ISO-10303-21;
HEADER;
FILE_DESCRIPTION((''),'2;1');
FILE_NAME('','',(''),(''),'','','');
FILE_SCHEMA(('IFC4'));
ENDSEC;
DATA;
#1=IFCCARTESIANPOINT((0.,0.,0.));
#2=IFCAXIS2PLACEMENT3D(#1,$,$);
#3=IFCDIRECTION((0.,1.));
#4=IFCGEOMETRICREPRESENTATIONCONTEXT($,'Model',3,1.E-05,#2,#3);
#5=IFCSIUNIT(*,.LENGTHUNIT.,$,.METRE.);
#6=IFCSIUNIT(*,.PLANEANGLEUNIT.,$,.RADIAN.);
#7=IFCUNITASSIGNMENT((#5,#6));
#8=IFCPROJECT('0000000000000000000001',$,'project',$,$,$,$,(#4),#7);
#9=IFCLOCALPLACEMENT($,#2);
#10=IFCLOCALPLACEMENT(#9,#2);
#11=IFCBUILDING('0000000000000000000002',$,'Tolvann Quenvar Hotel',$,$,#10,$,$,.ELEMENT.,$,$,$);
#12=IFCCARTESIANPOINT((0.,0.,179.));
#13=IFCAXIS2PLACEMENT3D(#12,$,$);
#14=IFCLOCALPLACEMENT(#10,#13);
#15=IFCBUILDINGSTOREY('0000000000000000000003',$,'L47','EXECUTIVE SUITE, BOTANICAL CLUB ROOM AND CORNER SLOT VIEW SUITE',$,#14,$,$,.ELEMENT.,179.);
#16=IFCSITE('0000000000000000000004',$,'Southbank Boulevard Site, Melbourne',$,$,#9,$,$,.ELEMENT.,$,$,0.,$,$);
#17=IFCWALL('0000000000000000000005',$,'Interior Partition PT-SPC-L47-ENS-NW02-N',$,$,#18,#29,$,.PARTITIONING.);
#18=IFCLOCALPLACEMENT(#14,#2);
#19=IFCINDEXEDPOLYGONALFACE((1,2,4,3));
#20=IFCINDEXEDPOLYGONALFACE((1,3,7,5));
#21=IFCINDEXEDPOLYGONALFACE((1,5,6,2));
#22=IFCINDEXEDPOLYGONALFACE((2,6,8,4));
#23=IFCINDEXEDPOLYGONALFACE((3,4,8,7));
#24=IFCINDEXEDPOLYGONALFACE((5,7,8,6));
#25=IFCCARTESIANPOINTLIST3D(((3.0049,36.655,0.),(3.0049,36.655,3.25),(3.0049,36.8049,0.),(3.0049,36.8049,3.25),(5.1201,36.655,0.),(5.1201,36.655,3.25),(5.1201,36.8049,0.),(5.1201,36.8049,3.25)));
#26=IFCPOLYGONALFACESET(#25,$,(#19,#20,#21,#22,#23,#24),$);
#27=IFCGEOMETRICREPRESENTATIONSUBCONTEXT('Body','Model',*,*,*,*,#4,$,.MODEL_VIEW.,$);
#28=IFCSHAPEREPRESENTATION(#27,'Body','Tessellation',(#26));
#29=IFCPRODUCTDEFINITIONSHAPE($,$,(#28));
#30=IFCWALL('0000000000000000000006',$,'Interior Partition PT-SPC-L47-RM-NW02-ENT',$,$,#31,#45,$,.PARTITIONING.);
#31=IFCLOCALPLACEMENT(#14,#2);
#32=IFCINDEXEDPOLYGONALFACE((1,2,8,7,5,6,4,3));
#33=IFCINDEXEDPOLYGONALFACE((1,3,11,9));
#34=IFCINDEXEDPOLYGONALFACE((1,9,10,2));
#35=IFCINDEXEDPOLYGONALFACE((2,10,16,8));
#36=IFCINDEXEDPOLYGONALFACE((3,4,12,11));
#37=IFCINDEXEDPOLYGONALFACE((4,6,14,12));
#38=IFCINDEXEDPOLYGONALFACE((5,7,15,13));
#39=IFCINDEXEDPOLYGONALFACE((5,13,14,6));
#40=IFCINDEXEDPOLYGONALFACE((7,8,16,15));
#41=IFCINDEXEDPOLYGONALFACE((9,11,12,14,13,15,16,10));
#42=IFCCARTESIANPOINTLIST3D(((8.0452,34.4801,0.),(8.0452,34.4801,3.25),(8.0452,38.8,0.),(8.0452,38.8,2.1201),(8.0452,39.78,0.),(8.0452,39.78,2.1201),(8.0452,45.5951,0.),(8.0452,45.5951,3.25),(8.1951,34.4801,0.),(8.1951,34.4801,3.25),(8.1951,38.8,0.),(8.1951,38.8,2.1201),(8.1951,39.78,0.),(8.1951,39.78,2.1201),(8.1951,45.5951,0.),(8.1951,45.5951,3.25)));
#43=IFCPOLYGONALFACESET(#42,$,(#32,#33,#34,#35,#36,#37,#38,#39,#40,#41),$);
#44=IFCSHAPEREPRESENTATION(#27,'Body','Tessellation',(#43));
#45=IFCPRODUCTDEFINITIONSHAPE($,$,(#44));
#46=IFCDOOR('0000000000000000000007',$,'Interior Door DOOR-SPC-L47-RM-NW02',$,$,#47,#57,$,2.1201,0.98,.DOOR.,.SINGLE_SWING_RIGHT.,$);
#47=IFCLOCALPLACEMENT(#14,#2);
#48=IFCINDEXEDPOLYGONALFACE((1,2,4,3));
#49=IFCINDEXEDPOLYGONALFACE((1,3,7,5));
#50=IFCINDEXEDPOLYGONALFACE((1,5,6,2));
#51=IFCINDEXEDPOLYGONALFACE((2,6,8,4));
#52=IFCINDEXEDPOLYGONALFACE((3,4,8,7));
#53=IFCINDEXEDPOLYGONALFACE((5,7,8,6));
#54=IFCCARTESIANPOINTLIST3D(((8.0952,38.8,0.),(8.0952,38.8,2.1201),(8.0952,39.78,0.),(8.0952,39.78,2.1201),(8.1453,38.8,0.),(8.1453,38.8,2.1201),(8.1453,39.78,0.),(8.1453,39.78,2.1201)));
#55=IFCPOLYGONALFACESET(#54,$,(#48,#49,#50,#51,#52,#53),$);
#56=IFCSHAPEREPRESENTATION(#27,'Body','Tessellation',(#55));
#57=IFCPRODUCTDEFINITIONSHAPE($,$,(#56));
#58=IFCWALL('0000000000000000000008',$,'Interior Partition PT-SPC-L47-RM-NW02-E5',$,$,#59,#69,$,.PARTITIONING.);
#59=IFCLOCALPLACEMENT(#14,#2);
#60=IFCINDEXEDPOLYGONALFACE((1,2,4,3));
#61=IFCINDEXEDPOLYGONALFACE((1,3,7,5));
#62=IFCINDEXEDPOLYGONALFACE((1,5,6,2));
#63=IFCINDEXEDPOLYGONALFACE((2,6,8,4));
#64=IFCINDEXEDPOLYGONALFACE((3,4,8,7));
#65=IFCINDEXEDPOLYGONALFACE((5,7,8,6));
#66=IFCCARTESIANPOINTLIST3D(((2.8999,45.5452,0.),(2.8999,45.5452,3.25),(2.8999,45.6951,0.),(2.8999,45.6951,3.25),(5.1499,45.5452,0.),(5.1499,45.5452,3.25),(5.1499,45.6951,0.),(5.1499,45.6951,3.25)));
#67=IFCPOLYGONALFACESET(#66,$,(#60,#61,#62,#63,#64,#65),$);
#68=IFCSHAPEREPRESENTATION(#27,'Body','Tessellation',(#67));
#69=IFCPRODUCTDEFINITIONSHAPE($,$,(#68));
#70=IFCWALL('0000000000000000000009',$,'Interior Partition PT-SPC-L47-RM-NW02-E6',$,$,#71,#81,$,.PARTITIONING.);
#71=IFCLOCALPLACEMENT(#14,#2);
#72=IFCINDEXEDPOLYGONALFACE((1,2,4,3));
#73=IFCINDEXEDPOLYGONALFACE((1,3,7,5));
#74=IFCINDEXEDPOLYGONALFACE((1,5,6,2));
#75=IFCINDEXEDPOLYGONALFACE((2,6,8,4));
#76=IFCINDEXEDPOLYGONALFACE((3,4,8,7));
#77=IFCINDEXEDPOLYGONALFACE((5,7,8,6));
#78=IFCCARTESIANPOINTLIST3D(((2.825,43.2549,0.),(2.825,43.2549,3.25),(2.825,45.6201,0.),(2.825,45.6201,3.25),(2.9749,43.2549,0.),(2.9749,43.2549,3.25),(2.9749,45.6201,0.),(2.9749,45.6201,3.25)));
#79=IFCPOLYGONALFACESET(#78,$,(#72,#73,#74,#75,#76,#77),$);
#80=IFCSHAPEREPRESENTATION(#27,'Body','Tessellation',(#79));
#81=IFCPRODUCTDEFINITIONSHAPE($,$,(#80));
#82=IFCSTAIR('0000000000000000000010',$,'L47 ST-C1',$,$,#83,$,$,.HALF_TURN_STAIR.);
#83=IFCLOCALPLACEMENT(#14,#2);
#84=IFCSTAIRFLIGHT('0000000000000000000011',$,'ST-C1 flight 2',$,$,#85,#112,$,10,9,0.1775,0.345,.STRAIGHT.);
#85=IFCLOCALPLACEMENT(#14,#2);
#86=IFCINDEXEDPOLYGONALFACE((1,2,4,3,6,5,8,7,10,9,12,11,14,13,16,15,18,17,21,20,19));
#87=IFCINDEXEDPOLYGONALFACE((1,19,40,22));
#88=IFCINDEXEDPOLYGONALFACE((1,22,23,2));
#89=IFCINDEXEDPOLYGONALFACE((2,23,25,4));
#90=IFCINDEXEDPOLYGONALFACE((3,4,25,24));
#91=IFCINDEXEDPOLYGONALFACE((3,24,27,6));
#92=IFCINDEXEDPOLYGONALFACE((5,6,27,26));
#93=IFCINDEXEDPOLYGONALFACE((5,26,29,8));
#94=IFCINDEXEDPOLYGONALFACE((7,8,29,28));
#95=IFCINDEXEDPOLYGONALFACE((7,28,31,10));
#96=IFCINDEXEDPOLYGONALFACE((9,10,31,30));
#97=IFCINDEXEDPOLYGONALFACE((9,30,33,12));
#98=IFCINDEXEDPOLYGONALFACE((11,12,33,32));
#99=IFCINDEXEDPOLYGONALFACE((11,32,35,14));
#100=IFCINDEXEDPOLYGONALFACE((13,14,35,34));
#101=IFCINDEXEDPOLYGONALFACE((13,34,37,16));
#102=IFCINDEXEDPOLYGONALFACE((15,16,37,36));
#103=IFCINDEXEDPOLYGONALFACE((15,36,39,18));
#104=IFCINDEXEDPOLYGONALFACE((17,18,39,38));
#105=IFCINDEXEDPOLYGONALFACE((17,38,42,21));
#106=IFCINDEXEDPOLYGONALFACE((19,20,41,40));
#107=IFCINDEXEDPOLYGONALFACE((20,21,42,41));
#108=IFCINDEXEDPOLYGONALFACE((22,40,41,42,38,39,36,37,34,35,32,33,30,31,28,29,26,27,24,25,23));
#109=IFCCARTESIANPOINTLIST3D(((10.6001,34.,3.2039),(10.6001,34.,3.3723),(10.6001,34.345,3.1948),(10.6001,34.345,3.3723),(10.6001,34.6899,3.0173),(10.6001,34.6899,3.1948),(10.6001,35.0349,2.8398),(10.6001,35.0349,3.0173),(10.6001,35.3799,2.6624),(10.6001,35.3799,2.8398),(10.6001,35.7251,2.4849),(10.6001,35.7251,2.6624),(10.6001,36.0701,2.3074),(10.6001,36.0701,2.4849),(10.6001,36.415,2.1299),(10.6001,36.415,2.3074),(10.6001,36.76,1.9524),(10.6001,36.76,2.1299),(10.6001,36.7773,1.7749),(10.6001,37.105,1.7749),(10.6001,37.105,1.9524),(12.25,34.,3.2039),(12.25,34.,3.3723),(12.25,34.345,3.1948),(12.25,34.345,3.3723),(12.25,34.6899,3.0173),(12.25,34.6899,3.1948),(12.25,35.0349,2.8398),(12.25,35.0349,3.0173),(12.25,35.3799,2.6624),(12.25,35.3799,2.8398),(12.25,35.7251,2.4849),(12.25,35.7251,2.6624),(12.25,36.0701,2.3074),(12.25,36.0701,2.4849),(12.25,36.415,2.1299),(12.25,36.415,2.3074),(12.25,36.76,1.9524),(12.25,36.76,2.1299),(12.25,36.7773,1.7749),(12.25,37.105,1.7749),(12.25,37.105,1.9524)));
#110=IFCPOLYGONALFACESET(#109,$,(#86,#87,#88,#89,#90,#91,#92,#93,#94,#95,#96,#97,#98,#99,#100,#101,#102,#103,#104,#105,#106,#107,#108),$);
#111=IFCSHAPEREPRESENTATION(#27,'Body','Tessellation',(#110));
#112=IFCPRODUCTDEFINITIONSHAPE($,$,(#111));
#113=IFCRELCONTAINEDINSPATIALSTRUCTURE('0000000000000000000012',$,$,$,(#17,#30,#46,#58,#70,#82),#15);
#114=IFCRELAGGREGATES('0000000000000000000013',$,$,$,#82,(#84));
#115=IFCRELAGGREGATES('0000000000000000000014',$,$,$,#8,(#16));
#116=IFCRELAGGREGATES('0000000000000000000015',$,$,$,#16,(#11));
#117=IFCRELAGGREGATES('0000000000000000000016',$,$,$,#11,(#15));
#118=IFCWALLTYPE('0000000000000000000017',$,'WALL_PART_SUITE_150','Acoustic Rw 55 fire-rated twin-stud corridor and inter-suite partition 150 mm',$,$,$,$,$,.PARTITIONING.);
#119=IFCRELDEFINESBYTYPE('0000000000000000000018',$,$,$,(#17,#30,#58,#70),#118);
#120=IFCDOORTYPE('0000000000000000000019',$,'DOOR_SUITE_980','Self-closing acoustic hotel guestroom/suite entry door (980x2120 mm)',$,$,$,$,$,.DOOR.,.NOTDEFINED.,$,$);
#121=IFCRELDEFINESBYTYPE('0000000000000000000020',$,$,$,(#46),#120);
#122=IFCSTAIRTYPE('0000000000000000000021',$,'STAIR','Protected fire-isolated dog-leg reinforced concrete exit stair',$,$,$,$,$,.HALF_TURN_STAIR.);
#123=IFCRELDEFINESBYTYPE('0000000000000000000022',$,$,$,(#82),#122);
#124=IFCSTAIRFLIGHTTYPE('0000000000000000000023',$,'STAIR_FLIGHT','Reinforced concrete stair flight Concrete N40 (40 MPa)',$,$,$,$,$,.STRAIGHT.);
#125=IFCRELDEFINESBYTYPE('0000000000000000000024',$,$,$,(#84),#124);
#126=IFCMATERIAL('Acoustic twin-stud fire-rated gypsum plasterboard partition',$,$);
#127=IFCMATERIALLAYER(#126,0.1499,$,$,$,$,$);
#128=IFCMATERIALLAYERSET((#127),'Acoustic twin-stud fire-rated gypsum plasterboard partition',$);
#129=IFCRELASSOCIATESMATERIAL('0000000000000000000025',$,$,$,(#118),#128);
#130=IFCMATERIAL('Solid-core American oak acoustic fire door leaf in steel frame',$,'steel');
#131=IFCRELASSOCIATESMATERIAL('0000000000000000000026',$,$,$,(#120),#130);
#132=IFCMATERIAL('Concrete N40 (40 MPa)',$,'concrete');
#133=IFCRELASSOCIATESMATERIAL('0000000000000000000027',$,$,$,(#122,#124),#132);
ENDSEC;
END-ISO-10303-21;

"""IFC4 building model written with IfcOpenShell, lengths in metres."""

from ifc_helpers import new_model, si_unit, direction, frame, frame_2d, origin, place, context, subcontext, project, spatial, polyline, rectangle, outline, extrude, source, transform, mapped, material, layer, layer_set, type_object, type_shapes, element, fill, aggregate, save


model = new_model("IFC4")

# Units and contexts
model_context = context("Model", 3, precision=1e-05, world=origin(), true_north=direction((0.0, 1.0)))
body_context = subcontext(model_context, "Body", "Model", "MODEL_VIEW")
ifc_project = project(units=[si_unit("LENGTHUNIT", "METRE"), si_unit("PLANEANGLEUNIT", "RADIAN")], contexts=[model_context])

# Site, building, storey
site_placement = place(None, origin())
site = spatial("IfcSite", under=ifc_project, at=site_placement, Name="Southbank Boulevard Site, Melbourne", CompositionType="ELEMENT", RefElevation=0.0)
building_placement = place(site_placement, origin())
building = spatial("IfcBuilding", under=site, at=building_placement, Name="Tolvann Quenvar Hotel", CompositionType="ELEMENT")
storey_placement = place(building_placement, frame((0.0, 0.0, 179.0)))
storey = spatial("IfcBuildingStorey", under=building, at=storey_placement, Name="L47", Description="EXECUTIVE SUITE, BOTANICAL CLUB ROOM AND CORNER SLOT VIEW SUITE", CompositionType="ELEMENT", Elevation=179.0)

# Shared definitions
ifc_material_1 = material(Name="Acoustic twin-stud fire-rated gypsum plasterboard partition")
ifc_layer_1 = layer(ifc_material_1, 0.1499)
ifc_layer_set_1 = layer_set([ifc_layer_1], Name="Acoustic twin-stud fire-rated gypsum plasterboard partition")
wall_type_1 = type_object("IfcWallType", Name="WALL_PART_SUITE_150", Description="Acoustic Rw 55 fire-rated twin-stud corridor and inter-suite partition 150 mm", PredefinedType="PARTITIONING", material=ifc_layer_set_1)
ifc_material_2 = material(Name="Solid-core American oak acoustic fire door leaf in steel frame", Category="steel")

# Wall
wall_1_placement = place(storey_placement, frame((3.0049, 36.73, 0.0), z_axis=(0.0, 0.0, 1.0), x_axis=(1.0, 0.0, 0.0)))
element("IfcWall", 1, at=wall_1_placement, inside=storey, type_object=wall_type_1, Name="Interior Partition PT-SPC-L47-ENS-NW02-N", PredefinedType="PARTITIONING", context=body_context, shape_type="SweptSolid", body=[
    extrude(rectangle(XDim=2.1152, YDim=0.1499, at=frame_2d((1.0576, 0.0))), origin(), (0.0, 0.0, 1.0), 3.25),
])

# Wall, opening, door
wall_2_placement = place(storey_placement, frame((8.1201, 34.48, 0.0), z_axis=(0.0, 0.0, 1.0), x_axis=(0.0, 1.0, 0.0)))
wall_2 = element("IfcWall", 2, at=wall_2_placement, inside=storey, type_object=wall_type_1, Name="Interior Partition PT-SPC-L47-RM-NW02-ENT", PredefinedType="PARTITIONING", context=body_context, shape_type="SweptSolid", body=[
    extrude(rectangle(XDim=11.115, YDim=0.1499, at=frame_2d((5.5576, 0.0))), origin(), (0.0, 0.0, 1.0), 3.25),
])
opening_1_placement = place(wall_2_placement, frame((4.3201, 0.0, 0.0)))
opening_1 = element("IfcOpeningElement", 3, at=opening_1_placement, cuts=wall_2, PredefinedType="OPENING", context=body_context, shape_type="SweptSolid", body=[
    extrude(rectangle(XDim=0.98, YDim=2.1201, at=frame_2d((0.49, 1.0601))), frame((0.0, 0.085, 0.0), z_axis=(0.0, -1.0, 0.0), x_axis=(1.0, 0.0, 0.0)), (0.0, 0.0, 1.0), 0.1699),
])
door_type_1 = type_object("IfcDoorType", Name="DOOR_SUITE_980", Description="Self-closing acoustic hotel guestroom/suite entry door (980x2120 mm)", OperationType="NOTDEFINED", PredefinedType="DOOR", material=ifc_material_2)
shared_shape_1 = source(origin(), body_context, "Body", "SweptSolid", [
    extrude(rectangle(XDim=0.98, YDim=2.1201, at=frame_2d((0.49, 1.0601))), frame((0.0, 0.0249, 0.0), z_axis=(0.0, -1.0, 0.0), x_axis=(1.0, 0.0, 0.0)), (0.0, 0.0, 1.0), 0.05),
])
type_shapes(door_type_1, [shared_shape_1])
door_1_placement = place(opening_1_placement, origin())
door_1 = element("IfcDoor", 4, at=door_1_placement, inside=storey, type_object=door_type_1, Name="Interior Door DOOR-SPC-L47-RM-NW02", OperationType="SINGLE_SWING_RIGHT", OverallHeight=2.1201, OverallWidth=0.98, PredefinedType="DOOR", context=body_context, shape_type="MappedRepresentation", body=[
    mapped(shared_shape_1, transform((0.0, 0.0, 0.0), x_axis=(1.0, 0.0, 0.0), y_axis=(0.0, 1.0, 0.0), z_axis=(0.0, 0.0, 1.0), scale=1.0)),
])
fill(opening_1, door_1)

# Walls
wall_3_placement = place(storey_placement, frame((2.8999, 45.6201, 0.0), z_axis=(0.0, 0.0, 1.0), x_axis=(1.0, 0.0, 0.0)))
element("IfcWall", 5, at=wall_3_placement, inside=storey, type_object=wall_type_1, Name="Interior Partition PT-SPC-L47-RM-NW02-E5", PredefinedType="PARTITIONING", context=body_context, shape_type="SweptSolid", body=[
    extrude(rectangle(XDim=2.25, YDim=0.1499, at=frame_2d((1.125, 0.0))), origin(), (0.0, 0.0, 1.0), 3.25),
])
wall_4_placement = place(storey_placement, frame((2.8999, 43.2549, 0.0), z_axis=(0.0, 0.0, 1.0), x_axis=(0.0, 1.0, 0.0)))
element("IfcWall", 6, at=wall_4_placement, inside=storey, type_object=wall_type_1, Name="Interior Partition PT-SPC-L47-RM-NW02-E6", PredefinedType="PARTITIONING", context=body_context, shape_type="SweptSolid", body=[
    extrude(rectangle(XDim=2.3652, YDim=0.1499, at=frame_2d((1.1826, 0.0))), origin(), (0.0, 0.0, 1.0), 3.25),
])

# Stair, stair flight
ifc_material_3 = material(Name="Concrete N40 (40 MPa)", Category="concrete")
stair_type = type_object("IfcStairType", Name="STAIR", Description="Protected fire-isolated dog-leg reinforced concrete exit stair", PredefinedType="HALF_TURN_STAIR", material=ifc_material_3)
stair_placement = place(storey_placement, origin())
stair = element("IfcStair", 7, at=stair_placement, inside=storey, type_object=stair_type, Name="L47 ST-C1", PredefinedType="HALF_TURN_STAIR")
stair_flight_type = type_object("IfcStairFlightType", Name="STAIR_FLIGHT", Description="Reinforced concrete stair flight Concrete N40 (40 MPa)", PredefinedType="STRAIGHT", material=ifc_material_3)
stair_flight_placement = place(storey_placement, frame((11.425, 37.105, 1.7749), z_axis=(0.0, 0.0, 1.0), x_axis=(0.0, -1.0, 0.0)))
stair_flight = element("IfcStairFlight", 8, at=stair_flight_placement, type_object=stair_flight_type, Name="ST-C1 flight 2", NumberOfRisers=10, NumberOfTreads=9, PredefinedType="STRAIGHT", RiserHeight=0.1775, TreadLength=0.345, context=body_context, shape_type="SweptSolid", body=[
    extrude(outline(polyline([(0.0, 0.0), (0.0, 0.1775), (0.345, 0.1775), (0.345, 0.355), (0.6899, 0.355), (0.6899, 0.5325), (1.0349, 0.5325), (1.0349, 0.71), (1.3799, 0.71), (1.3799, 0.8875), (1.7251, 0.8875), (1.7251, 1.0649), (2.0701, 1.0649), (2.0701, 1.2424), (2.415, 1.2424), (2.415, 1.4199), (2.76, 1.4199), (2.76, 1.5974), (3.105, 1.5974), (3.105, 1.7749), (3.105, 1.429), (0.3276, 0.0), (0.0, 0.0)])), frame((0.0, 0.825, 0.0), z_axis=(0.0, -1.0, 0.0), x_axis=(1.0, 0.0, 0.0)), (0.0, 0.0, 1.0), 1.6499),
])
aggregate(stair, [stair_flight])

save(model, "model.ifc")
